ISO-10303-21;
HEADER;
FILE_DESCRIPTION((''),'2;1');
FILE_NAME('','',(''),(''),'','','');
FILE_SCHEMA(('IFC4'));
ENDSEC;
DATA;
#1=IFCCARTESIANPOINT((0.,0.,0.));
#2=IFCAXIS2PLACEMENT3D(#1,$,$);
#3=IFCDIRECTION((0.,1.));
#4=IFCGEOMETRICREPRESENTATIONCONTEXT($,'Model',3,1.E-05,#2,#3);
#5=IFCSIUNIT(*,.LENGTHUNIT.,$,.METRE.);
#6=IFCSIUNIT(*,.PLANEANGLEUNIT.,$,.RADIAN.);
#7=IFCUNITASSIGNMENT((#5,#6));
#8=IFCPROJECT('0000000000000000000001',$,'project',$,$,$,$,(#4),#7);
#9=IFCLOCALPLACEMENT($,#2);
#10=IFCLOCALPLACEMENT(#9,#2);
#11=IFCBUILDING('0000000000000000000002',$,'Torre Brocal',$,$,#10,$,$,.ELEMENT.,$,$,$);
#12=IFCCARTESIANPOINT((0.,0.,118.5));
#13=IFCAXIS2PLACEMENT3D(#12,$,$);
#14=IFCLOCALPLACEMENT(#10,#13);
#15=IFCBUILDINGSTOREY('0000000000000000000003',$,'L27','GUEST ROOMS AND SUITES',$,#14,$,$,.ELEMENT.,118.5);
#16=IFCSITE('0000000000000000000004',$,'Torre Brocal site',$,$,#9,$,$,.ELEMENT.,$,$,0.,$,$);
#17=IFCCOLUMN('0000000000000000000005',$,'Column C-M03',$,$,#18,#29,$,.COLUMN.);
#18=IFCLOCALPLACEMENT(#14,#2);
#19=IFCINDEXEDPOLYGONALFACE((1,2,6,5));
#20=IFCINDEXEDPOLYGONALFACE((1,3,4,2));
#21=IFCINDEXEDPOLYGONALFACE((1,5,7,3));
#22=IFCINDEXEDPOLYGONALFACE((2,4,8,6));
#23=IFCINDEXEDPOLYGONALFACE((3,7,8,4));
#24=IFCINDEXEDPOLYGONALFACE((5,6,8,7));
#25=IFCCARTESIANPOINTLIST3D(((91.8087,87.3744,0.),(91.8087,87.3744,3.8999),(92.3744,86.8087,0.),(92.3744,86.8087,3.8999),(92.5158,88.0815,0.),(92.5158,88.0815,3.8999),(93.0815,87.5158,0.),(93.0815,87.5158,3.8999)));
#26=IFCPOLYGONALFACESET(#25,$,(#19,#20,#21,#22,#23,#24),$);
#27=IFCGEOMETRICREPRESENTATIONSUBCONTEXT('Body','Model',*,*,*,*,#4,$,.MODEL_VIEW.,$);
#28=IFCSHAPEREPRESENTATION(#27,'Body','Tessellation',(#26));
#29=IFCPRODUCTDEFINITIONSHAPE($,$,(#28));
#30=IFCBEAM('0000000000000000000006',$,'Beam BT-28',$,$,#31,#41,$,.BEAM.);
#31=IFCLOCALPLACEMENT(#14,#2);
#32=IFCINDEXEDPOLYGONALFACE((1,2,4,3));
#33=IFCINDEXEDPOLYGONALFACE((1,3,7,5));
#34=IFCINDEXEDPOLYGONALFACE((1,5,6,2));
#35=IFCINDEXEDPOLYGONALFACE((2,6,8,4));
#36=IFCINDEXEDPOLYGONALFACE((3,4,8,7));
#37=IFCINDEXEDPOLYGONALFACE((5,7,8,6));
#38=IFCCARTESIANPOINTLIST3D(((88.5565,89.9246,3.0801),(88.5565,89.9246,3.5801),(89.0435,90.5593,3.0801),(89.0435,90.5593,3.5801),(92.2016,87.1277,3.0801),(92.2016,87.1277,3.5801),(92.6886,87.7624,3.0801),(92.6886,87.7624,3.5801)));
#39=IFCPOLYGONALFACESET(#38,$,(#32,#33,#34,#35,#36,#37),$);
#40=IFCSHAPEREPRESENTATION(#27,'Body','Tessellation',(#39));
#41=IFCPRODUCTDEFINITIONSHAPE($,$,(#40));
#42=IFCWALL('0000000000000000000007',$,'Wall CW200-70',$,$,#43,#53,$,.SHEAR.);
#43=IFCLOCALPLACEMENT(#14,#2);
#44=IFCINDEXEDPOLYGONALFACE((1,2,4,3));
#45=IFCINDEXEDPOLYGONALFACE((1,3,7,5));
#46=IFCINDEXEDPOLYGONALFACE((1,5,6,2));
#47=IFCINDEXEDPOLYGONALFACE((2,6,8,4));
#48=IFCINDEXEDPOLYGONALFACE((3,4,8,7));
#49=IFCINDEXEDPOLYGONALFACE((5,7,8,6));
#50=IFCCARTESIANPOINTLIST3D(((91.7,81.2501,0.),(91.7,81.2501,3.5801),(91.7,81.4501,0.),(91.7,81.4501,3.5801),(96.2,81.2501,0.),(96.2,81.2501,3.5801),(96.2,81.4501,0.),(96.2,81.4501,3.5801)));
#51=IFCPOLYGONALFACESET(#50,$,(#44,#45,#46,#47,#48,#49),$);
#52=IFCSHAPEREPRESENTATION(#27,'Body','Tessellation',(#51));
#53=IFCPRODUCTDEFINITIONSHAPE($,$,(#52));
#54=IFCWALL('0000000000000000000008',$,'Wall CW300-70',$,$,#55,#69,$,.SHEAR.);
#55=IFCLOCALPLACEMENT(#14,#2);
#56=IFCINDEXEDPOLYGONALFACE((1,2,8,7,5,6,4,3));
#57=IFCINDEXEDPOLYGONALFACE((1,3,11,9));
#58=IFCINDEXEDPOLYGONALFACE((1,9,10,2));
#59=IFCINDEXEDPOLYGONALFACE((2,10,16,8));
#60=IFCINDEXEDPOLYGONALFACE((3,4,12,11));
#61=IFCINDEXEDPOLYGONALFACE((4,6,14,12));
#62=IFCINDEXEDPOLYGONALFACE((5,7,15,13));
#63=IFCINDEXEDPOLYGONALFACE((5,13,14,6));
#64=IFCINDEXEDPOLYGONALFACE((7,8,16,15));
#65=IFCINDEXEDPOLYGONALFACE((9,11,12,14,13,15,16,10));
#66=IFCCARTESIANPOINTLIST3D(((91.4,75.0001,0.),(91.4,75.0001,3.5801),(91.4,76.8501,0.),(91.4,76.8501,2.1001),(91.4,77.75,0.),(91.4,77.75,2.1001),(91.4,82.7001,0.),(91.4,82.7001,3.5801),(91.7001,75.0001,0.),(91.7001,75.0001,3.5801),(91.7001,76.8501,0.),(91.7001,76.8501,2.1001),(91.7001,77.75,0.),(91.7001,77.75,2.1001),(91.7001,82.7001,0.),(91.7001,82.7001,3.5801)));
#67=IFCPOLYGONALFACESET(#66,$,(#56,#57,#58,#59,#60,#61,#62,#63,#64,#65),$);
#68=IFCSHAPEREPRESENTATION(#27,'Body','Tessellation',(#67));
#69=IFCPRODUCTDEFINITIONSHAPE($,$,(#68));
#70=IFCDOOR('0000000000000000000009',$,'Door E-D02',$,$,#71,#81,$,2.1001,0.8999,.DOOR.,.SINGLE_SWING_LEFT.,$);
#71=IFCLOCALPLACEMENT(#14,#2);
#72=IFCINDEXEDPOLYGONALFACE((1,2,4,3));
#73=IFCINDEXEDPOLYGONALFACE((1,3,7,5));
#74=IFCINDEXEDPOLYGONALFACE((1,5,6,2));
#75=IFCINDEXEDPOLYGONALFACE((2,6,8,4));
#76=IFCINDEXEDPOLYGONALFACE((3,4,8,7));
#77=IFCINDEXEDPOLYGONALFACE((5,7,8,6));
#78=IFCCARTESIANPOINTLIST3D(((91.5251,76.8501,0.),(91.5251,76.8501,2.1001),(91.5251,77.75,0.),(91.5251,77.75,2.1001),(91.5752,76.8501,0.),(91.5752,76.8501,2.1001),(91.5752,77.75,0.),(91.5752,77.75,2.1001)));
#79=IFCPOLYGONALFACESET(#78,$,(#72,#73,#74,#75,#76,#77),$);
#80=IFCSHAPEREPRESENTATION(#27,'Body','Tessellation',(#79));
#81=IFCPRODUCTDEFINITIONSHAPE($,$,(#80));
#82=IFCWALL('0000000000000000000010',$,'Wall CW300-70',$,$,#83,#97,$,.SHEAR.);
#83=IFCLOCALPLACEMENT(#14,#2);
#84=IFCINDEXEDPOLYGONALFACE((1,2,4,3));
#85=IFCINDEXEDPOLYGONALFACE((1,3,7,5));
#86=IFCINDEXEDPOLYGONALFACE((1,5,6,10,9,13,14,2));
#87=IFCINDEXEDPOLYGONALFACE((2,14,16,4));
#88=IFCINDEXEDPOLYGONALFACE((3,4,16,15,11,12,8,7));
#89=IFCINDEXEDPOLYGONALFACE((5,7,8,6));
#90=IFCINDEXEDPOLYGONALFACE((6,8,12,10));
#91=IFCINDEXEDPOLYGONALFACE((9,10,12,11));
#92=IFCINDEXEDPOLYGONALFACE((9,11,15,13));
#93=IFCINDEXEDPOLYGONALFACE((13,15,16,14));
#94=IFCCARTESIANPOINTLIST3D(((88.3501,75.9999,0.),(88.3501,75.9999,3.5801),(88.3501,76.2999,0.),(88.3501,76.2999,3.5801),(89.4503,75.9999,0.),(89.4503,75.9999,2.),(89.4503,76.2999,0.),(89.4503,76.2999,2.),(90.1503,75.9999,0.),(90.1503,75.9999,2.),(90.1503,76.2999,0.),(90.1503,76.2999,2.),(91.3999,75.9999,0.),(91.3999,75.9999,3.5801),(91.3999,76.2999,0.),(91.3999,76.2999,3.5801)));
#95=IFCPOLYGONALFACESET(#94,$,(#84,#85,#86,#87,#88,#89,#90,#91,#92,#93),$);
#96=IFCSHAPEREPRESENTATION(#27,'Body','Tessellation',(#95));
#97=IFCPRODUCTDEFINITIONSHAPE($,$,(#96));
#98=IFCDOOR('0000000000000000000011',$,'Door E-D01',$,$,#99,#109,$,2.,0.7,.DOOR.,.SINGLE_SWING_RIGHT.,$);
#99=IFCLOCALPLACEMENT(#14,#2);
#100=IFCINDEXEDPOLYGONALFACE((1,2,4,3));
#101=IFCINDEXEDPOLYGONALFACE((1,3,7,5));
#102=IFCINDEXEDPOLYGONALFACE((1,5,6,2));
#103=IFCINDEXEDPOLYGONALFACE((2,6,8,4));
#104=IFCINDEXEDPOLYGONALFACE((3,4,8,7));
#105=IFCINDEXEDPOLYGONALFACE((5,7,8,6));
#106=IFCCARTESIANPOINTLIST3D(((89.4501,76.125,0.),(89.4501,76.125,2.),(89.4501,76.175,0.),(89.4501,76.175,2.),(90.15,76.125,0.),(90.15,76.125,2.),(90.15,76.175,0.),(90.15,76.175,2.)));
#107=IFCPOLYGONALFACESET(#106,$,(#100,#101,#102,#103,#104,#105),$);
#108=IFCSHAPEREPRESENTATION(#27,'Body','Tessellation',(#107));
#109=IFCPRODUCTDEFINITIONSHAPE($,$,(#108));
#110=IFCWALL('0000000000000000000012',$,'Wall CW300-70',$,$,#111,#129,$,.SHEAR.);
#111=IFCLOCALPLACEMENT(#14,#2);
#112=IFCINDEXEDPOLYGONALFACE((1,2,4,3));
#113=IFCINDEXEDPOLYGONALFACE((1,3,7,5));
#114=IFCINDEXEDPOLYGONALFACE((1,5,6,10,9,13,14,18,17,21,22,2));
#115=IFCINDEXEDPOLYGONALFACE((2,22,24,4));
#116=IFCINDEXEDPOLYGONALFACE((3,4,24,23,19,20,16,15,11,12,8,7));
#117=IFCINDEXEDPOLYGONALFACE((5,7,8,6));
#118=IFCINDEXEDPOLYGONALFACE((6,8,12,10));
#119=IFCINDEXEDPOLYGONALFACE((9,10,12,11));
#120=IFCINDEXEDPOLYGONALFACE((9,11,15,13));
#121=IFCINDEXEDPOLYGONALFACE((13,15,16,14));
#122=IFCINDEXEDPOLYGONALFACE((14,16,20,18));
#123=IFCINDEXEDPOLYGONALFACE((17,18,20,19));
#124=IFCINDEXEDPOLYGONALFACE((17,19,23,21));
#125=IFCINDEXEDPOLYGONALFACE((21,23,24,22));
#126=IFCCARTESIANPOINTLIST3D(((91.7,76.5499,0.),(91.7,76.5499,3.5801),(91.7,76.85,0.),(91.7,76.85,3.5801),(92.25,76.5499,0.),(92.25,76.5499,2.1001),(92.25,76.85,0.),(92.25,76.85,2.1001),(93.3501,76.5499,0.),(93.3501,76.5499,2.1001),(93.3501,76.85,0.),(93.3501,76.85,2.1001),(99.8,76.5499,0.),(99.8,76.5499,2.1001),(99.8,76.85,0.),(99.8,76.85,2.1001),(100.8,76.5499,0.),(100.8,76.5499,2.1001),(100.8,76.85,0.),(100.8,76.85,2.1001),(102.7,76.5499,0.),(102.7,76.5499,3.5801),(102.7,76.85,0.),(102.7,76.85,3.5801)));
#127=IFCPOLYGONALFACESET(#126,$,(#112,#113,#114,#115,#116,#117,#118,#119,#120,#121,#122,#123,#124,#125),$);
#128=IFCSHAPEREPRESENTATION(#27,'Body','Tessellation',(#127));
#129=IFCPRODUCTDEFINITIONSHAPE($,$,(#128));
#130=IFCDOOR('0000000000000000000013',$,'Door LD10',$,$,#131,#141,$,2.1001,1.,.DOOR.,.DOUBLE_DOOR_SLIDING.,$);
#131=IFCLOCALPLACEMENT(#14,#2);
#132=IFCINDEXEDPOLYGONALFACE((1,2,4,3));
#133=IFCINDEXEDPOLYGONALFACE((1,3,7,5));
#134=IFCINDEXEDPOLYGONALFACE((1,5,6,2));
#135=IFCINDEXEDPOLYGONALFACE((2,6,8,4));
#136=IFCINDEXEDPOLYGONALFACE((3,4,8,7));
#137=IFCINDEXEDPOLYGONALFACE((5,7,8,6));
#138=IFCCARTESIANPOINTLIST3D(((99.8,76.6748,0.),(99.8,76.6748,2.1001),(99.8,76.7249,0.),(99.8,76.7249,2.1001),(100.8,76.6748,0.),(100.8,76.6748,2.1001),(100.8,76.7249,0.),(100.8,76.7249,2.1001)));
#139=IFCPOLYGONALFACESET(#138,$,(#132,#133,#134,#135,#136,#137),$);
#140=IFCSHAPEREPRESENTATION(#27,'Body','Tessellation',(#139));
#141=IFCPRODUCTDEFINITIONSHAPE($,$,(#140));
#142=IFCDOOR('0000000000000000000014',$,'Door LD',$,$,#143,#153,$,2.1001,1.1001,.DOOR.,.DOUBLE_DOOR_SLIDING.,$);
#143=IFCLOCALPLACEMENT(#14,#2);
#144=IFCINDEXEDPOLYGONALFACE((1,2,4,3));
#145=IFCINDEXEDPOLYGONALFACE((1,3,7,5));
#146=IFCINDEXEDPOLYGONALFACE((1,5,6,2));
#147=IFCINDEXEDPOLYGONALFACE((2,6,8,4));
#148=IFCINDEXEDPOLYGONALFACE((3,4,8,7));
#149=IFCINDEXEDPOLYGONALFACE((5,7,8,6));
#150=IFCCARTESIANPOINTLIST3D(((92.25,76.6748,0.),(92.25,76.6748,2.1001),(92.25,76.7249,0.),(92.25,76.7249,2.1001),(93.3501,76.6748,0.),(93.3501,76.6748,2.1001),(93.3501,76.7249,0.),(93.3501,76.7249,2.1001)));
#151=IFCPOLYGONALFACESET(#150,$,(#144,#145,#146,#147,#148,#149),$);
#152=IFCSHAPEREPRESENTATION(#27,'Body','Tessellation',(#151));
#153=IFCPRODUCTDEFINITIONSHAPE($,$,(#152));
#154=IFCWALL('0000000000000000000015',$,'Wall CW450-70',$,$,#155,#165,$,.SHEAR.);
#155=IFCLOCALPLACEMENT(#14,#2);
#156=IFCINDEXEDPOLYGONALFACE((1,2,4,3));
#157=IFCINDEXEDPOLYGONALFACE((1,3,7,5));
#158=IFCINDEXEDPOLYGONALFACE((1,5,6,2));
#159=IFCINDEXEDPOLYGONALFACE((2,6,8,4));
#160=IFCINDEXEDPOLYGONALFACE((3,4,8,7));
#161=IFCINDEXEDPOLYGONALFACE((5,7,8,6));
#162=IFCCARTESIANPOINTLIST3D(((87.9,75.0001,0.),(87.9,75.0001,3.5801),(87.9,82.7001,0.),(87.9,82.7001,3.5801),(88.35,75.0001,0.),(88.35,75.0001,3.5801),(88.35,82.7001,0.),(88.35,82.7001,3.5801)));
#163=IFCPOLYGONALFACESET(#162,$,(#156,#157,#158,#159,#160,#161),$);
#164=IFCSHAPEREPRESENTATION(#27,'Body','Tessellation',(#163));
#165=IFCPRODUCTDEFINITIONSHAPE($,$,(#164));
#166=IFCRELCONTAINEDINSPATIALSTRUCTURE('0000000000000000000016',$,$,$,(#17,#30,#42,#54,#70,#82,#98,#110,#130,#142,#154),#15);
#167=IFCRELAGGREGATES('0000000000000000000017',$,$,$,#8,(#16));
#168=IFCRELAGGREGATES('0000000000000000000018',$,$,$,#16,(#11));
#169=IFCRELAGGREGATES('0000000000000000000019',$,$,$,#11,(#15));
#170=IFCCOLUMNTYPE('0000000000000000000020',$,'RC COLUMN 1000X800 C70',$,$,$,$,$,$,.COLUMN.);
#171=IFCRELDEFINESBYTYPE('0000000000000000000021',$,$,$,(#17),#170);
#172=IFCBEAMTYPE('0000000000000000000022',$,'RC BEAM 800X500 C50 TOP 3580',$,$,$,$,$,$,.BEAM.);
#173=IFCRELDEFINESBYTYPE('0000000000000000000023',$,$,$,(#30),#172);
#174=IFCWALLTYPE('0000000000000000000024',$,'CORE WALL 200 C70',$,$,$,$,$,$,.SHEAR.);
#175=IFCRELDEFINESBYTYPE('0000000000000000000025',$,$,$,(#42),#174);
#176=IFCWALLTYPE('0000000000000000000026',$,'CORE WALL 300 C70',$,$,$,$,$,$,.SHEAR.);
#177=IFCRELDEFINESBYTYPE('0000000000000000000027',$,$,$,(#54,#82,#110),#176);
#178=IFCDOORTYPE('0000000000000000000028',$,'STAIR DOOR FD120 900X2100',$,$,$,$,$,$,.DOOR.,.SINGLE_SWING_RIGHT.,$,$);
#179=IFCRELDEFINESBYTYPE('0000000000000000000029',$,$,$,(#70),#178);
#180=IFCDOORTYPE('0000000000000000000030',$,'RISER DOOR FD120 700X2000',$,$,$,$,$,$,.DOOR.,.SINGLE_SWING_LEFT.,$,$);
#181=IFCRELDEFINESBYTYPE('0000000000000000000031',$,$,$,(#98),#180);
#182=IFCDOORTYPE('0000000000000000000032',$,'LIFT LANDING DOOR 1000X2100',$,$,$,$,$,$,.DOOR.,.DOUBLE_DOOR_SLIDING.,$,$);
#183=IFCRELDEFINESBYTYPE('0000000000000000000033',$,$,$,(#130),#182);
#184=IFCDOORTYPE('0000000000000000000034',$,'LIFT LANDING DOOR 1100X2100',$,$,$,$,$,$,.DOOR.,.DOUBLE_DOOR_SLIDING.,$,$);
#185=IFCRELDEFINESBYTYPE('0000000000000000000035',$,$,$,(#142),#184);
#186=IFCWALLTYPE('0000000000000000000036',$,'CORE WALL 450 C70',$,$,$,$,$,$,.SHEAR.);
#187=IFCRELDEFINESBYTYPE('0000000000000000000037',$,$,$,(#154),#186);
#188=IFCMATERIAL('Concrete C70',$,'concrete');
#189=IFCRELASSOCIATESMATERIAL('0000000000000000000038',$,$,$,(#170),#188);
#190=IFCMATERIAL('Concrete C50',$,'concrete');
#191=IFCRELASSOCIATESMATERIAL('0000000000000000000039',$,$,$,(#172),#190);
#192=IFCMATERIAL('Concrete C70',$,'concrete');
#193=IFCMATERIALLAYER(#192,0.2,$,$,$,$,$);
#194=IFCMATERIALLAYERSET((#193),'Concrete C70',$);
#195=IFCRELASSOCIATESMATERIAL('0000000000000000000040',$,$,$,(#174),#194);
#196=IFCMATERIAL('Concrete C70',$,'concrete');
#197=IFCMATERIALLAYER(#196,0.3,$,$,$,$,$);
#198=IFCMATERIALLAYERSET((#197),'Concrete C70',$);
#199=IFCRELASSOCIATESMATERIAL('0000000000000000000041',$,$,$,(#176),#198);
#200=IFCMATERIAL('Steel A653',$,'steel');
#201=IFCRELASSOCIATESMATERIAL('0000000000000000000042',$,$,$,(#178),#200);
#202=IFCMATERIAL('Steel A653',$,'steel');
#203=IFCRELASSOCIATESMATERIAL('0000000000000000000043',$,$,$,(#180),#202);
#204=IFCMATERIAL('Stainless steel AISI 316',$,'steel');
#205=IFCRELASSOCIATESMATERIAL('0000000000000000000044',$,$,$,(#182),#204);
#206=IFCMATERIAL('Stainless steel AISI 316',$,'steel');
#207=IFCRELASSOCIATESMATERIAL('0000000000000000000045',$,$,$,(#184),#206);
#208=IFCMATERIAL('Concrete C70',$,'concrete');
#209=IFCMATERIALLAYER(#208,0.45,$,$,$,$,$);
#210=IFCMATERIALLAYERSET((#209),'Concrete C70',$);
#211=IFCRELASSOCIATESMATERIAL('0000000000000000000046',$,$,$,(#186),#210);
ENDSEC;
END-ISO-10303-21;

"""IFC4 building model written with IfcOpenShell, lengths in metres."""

from ifc_helpers import new_model, si_unit, direction, frame, frame_2d, origin, origin_2d, place, context, subcontext, project, spatial, rectangle, extrude, material, layer, layer_set, material_profile, profile_set, type_object, element, fill, save


model = new_model("IFC4")

# Units and contexts
model_context = context("Model", 3, precision=1e-05, world=origin(), true_north=direction((0.0, 1.0)))
body_context = subcontext(model_context, "Body", "Model", "MODEL_VIEW")
ifc_project = project(units=[si_unit("LENGTHUNIT", "METRE"), si_unit("PLANEANGLEUNIT", "RADIAN")], contexts=[model_context])

# Site, building, storey
site_placement = place(None, origin())
site = spatial("IfcSite", under=ifc_project, at=site_placement, Name="Torre Brocal site", CompositionType="ELEMENT", RefElevation=0.0)
building_placement = place(site_placement, origin())
building = spatial("IfcBuilding", under=site, at=building_placement, Name="Torre Brocal", CompositionType="ELEMENT")
storey_placement = place(building_placement, frame((0.0, 0.0, 118.5)))
storey = spatial("IfcBuildingStorey", under=building, at=storey_placement, Name="L27", Description="GUEST ROOMS AND SUITES", CompositionType="ELEMENT", Elevation=118.5)

# Column
ifc_material_1 = material(Name="Concrete C70", Category="concrete")
ifc_material_profile_1 = material_profile(ifc_material_1, rectangle(XDim=1.0, YDim=0.8, at=origin_2d()), Name="RC 1000X800")
ifc_profile_set_1 = profile_set([ifc_material_profile_1], Name="Concrete C70")
column_type = type_object("IfcColumnType", Name="RC COLUMN 1000X800 C70", PredefinedType="COLUMN", material=ifc_profile_set_1)
column_placement = place(storey_placement, frame((92.4451, 87.4451, 0.0), z_axis=(0.0, 0.0, 1.0), x_axis=(0.707107, 0.707107, 0.0)))
element("IfcColumn", 1, at=column_placement, inside=storey, type_object=column_type, Name="Column C-M03", PredefinedType="COLUMN", context=body_context, shape_type="SweptSolid", body=[
    extrude(rectangle(XDim=1.0, YDim=0.8, at=origin_2d()), origin(), (0.0, 0.0, 1.0), 3.8999),
])

# Beam
ifc_material_2 = material(Name="Concrete C50", Category="concrete")
ifc_material_profile_2 = material_profile(ifc_material_2, rectangle(XDim=0.8, YDim=0.5, at=origin_2d()), Name="RC 800X500")
ifc_profile_set_2 = profile_set([ifc_material_profile_2], Name="Concrete C50")
beam_type = type_object("IfcBeamType", Name="RC BEAM 800X500 C50 TOP 3580", PredefinedType="BEAM", material=ifc_profile_set_2)
beam_placement = place(storey_placement, frame((92.4451, 87.4451, 3.3301), z_axis=(-0.793358, 0.608755, 0.0), x_axis=(-0.608755, -0.793358, 0.0)))
element("IfcBeam", 2, at=beam_placement, inside=storey, type_object=beam_type, Name="Beam BT-28", PredefinedType="BEAM", context=body_context, shape_type="SweptSolid", body=[
    extrude(rectangle(XDim=0.8, YDim=0.5, at=origin_2d()), origin(), (0.0, 0.0, 1.0), 4.5945),
])

# Wall
ifc_material_3 = material(Name="Concrete C70", Category="concrete")
ifc_layer_1 = layer(ifc_material_3, 0.2)
ifc_layer_set_1 = layer_set([ifc_layer_1], Name="Concrete C70")
wall_type_1 = type_object("IfcWallType", Name="CORE WALL 200 C70", PredefinedType="SHEAR", material=ifc_layer_set_1)
wall_1_placement = place(storey_placement, frame((91.7, 81.3501, 0.0), z_axis=(0.0, 0.0, 1.0), x_axis=(1.0, 0.0, 0.0)))
element("IfcWall", 3, at=wall_1_placement, inside=storey, type_object=wall_type_1, Name="Wall CW200-70", PredefinedType="SHEAR", context=body_context, shape_type="SweptSolid", body=[
    extrude(rectangle(XDim=4.5, YDim=0.2, at=frame_2d((2.25, 0.0))), origin(), (0.0, 0.0, 1.0), 3.5801),
])

# Walls, openings, doors
ifc_material_4 = material(Name="Concrete C70", Category="concrete")
ifc_layer_2 = layer(ifc_material_4, 0.3)
ifc_layer_set_2 = layer_set([ifc_layer_2], Name="Concrete C70")
wall_type_2 = type_object("IfcWallType", Name="CORE WALL 300 C70", PredefinedType="SHEAR", material=ifc_layer_set_2)
wall_2_placement = place(storey_placement, frame((91.55, 75.0, 0.0), z_axis=(0.0, 0.0, 1.0), x_axis=(0.0, 1.0, 0.0)))
wall_2 = element("IfcWall", 4, at=wall_2_placement, inside=storey, type_object=wall_type_2, Name="Wall CW300-70", PredefinedType="SHEAR", context=body_context, shape_type="SweptSolid", body=[
    extrude(rectangle(XDim=7.7, YDim=0.3, at=frame_2d((3.8501, 0.0))), origin(), (0.0, 0.0, 1.0), 3.5801),
])
opening_1_placement = place(wall_2_placement, frame((1.8501, 0.0, 0.0)))
opening_1 = element("IfcOpeningElement", 5, at=opening_1_placement, cuts=wall_2, PredefinedType="OPENING", context=body_context, shape_type="SweptSolid", body=[
    extrude(rectangle(XDim=0.8999, YDim=2.1001, at=frame_2d((0.45, 1.05))), frame((0.0, 0.1599, 0.0), z_axis=(0.0, -1.0, 0.0), x_axis=(1.0, 0.0, 0.0)), (0.0, 0.0, 1.0), 0.3201),
])
ifc_material_5 = material(Name="Steel A653", Category="steel")
door_type_1 = type_object("IfcDoorType", Name="STAIR DOOR FD120 900X2100", OperationType="SINGLE_SWING_RIGHT", PredefinedType="DOOR", material=ifc_material_5)
door_1_placement = place(opening_1_placement, origin())
door_1 = element("IfcDoor", 6, at=door_1_placement, inside=storey, type_object=door_type_1, Name="Door E-D02", OperationType="SINGLE_SWING_LEFT", OverallHeight=2.1001, OverallWidth=0.8999, PredefinedType="DOOR", context=body_context, shape_type="SweptSolid", body=[
    extrude(rectangle(XDim=0.8999, YDim=2.1001, at=frame_2d((0.45, 1.05))), frame((0.0, 0.0249, 0.0), z_axis=(0.0, -1.0, 0.0), x_axis=(1.0, 0.0, 0.0)), (0.0, 0.0, 1.0), 0.05),
])
fill(opening_1, door_1)
wall_3_placement = place(storey_placement, frame((88.3501, 76.1499, 0.0), z_axis=(0.0, 0.0, 1.0), x_axis=(1.0, 0.0, 0.0)))
wall_3 = element("IfcWall", 7, at=wall_3_placement, inside=storey, type_object=wall_type_2, Name="Wall CW300-70", PredefinedType="SHEAR", context=body_context, shape_type="SweptSolid", body=[
    extrude(rectangle(XDim=3.0498, YDim=0.3, at=frame_2d((1.5249, 0.0))), origin(), (0.0, 0.0, 1.0), 3.5801),
])
opening_2_placement = place(wall_3_placement, frame((1.1001, 0.0, 0.0)))
opening_2 = element("IfcOpeningElement", 8, at=opening_2_placement, cuts=wall_3, PredefinedType="OPENING", context=body_context, shape_type="SweptSolid", body=[
    extrude(rectangle(XDim=0.7, YDim=2.0, at=frame_2d((0.3501, 1.0))), frame((0.0, 0.1599, 0.0), z_axis=(0.0, -1.0, 0.0), x_axis=(1.0, 0.0, 0.0)), (0.0, 0.0, 1.0), 0.3201),
])
ifc_material_6 = material(Name="Steel A653", Category="steel")
door_type_2 = type_object("IfcDoorType", Name="RISER DOOR FD120 700X2000", OperationType="SINGLE_SWING_LEFT", PredefinedType="DOOR", material=ifc_material_6)
door_2_placement = place(opening_2_placement, frame((0.7, 0.0, 0.0), z_axis=(0.0, 0.0, 1.0), x_axis=(-1.0, 0.0, 0.0)))
door_2 = element("IfcDoor", 9, at=door_2_placement, inside=storey, type_object=door_type_2, Name="Door E-D01", OperationType="SINGLE_SWING_RIGHT", OverallHeight=2.0, OverallWidth=0.7, PredefinedType="DOOR", context=body_context, shape_type="SweptSolid", body=[
    extrude(rectangle(XDim=0.7, YDim=2.0, at=frame_2d((0.3501, 1.0))), frame((0.0, 0.0249, 0.0), z_axis=(0.0, -1.0, 0.0), x_axis=(1.0, 0.0, 0.0)), (0.0, 0.0, 1.0), 0.05),
])
fill(opening_2, door_2)

# Wall, openings, doors
wall_4_placement = place(storey_placement, frame((91.7, 76.7, 0.0), z_axis=(0.0, 0.0, 1.0), x_axis=(1.0, 0.0, 0.0)))
wall_4 = element("IfcWall", 10, at=wall_4_placement, inside=storey, type_object=wall_type_2, Name="Wall CW300-70", PredefinedType="SHEAR", context=body_context, shape_type="SweptSolid", body=[
    extrude(rectangle(XDim=11.0, YDim=0.3, at=frame_2d((5.5, 0.0))), origin(), (0.0, 0.0, 1.0), 3.5801),
])
opening_3_placement = place(wall_4_placement, frame((0.55, 0.0, 0.0)))
opening_3 = element("IfcOpeningElement", 11, at=opening_3_placement, cuts=wall_4, PredefinedType="OPENING", context=body_context, shape_type="SweptSolid", body=[
    extrude(rectangle(XDim=1.1001, YDim=2.1001, at=frame_2d((0.55, 1.05))), frame((0.0, 0.1599, 0.0), z_axis=(0.0, -1.0, 0.0), x_axis=(1.0, 0.0, 0.0)), (0.0, 0.0, 1.0), 0.3201),
])
opening_4_placement = place(wall_4_placement, frame((8.1001, 0.0, 0.0)))
opening_4 = element("IfcOpeningElement", 12, at=opening_4_placement, cuts=wall_4, PredefinedType="OPENING", context=body_context, shape_type="SweptSolid", body=[
    extrude(rectangle(XDim=1.0, YDim=2.1001, at=frame_2d((0.5, 1.05))), frame((0.0, 0.1599, 0.0), z_axis=(0.0, -1.0, 0.0), x_axis=(1.0, 0.0, 0.0)), (0.0, 0.0, 1.0), 0.3201),
])
ifc_material_7 = material(Name="Stainless steel AISI 316", Category="steel")
door_type_3 = type_object("IfcDoorType", Name="LIFT LANDING DOOR 1000X2100", OperationType="DOUBLE_DOOR_SLIDING", PredefinedType="DOOR", material=ifc_material_7)
door_3_placement = place(opening_4_placement, origin())
door_3 = element("IfcDoor", 13, at=door_3_placement, inside=storey, type_object=door_type_3, Name="Door LD10", OperationType="DOUBLE_DOOR_SLIDING", OverallHeight=2.1001, OverallWidth=1.0, PredefinedType="DOOR", context=body_context, shape_type="SweptSolid", body=[
    extrude(rectangle(XDim=1.0, YDim=2.1001, at=frame_2d((0.5, 1.05))), frame((0.0, 0.0249, 0.0), z_axis=(0.0, -1.0, 0.0), x_axis=(1.0, 0.0, 0.0)), (0.0, 0.0, 1.0), 0.05),
])
fill(opening_4, door_3)
ifc_material_8 = material(Name="Stainless steel AISI 316", Category="steel")
door_type_4 = type_object("IfcDoorType", Name="LIFT LANDING DOOR 1100X2100", OperationType="DOUBLE_DOOR_SLIDING", PredefinedType="DOOR", material=ifc_material_8)
door_4_placement = place(opening_3_placement, origin())
door_4 = element("IfcDoor", 14, at=door_4_placement, inside=storey, type_object=door_type_4, Name="Door LD", OperationType="DOUBLE_DOOR_SLIDING", OverallHeight=2.1001, OverallWidth=1.1001, PredefinedType="DOOR", context=body_context, shape_type="SweptSolid", body=[
    extrude(rectangle(XDim=1.1001, YDim=2.1001, at=frame_2d((0.55, 1.05))), frame((0.0, 0.0249, 0.0), z_axis=(0.0, -1.0, 0.0), x_axis=(1.0, 0.0, 0.0)), (0.0, 0.0, 1.0), 0.05),
])
fill(opening_3, door_4)

# Wall
ifc_material_9 = material(Name="Concrete C70", Category="concrete")
ifc_layer_3 = layer(ifc_material_9, 0.45)
ifc_layer_set_3 = layer_set([ifc_layer_3], Name="Concrete C70")
wall_type_3 = type_object("IfcWallType", Name="CORE WALL 450 C70", PredefinedType="SHEAR", material=ifc_layer_set_3)
wall_5_placement = place(storey_placement, frame((88.125, 75.0, 0.0), z_axis=(0.0, 0.0, 1.0), x_axis=(0.0, 1.0, 0.0)))
element("IfcWall", 15, at=wall_5_placement, inside=storey, type_object=wall_type_3, Name="Wall CW450-70", PredefinedType="SHEAR", context=body_context, shape_type="SweptSolid", body=[
    extrude(rectangle(XDim=7.7, YDim=0.45, at=frame_2d((3.8501, 0.0))), origin(), (0.0, 0.0, 1.0), 3.5801),
])

save(model, "model.ifc")
